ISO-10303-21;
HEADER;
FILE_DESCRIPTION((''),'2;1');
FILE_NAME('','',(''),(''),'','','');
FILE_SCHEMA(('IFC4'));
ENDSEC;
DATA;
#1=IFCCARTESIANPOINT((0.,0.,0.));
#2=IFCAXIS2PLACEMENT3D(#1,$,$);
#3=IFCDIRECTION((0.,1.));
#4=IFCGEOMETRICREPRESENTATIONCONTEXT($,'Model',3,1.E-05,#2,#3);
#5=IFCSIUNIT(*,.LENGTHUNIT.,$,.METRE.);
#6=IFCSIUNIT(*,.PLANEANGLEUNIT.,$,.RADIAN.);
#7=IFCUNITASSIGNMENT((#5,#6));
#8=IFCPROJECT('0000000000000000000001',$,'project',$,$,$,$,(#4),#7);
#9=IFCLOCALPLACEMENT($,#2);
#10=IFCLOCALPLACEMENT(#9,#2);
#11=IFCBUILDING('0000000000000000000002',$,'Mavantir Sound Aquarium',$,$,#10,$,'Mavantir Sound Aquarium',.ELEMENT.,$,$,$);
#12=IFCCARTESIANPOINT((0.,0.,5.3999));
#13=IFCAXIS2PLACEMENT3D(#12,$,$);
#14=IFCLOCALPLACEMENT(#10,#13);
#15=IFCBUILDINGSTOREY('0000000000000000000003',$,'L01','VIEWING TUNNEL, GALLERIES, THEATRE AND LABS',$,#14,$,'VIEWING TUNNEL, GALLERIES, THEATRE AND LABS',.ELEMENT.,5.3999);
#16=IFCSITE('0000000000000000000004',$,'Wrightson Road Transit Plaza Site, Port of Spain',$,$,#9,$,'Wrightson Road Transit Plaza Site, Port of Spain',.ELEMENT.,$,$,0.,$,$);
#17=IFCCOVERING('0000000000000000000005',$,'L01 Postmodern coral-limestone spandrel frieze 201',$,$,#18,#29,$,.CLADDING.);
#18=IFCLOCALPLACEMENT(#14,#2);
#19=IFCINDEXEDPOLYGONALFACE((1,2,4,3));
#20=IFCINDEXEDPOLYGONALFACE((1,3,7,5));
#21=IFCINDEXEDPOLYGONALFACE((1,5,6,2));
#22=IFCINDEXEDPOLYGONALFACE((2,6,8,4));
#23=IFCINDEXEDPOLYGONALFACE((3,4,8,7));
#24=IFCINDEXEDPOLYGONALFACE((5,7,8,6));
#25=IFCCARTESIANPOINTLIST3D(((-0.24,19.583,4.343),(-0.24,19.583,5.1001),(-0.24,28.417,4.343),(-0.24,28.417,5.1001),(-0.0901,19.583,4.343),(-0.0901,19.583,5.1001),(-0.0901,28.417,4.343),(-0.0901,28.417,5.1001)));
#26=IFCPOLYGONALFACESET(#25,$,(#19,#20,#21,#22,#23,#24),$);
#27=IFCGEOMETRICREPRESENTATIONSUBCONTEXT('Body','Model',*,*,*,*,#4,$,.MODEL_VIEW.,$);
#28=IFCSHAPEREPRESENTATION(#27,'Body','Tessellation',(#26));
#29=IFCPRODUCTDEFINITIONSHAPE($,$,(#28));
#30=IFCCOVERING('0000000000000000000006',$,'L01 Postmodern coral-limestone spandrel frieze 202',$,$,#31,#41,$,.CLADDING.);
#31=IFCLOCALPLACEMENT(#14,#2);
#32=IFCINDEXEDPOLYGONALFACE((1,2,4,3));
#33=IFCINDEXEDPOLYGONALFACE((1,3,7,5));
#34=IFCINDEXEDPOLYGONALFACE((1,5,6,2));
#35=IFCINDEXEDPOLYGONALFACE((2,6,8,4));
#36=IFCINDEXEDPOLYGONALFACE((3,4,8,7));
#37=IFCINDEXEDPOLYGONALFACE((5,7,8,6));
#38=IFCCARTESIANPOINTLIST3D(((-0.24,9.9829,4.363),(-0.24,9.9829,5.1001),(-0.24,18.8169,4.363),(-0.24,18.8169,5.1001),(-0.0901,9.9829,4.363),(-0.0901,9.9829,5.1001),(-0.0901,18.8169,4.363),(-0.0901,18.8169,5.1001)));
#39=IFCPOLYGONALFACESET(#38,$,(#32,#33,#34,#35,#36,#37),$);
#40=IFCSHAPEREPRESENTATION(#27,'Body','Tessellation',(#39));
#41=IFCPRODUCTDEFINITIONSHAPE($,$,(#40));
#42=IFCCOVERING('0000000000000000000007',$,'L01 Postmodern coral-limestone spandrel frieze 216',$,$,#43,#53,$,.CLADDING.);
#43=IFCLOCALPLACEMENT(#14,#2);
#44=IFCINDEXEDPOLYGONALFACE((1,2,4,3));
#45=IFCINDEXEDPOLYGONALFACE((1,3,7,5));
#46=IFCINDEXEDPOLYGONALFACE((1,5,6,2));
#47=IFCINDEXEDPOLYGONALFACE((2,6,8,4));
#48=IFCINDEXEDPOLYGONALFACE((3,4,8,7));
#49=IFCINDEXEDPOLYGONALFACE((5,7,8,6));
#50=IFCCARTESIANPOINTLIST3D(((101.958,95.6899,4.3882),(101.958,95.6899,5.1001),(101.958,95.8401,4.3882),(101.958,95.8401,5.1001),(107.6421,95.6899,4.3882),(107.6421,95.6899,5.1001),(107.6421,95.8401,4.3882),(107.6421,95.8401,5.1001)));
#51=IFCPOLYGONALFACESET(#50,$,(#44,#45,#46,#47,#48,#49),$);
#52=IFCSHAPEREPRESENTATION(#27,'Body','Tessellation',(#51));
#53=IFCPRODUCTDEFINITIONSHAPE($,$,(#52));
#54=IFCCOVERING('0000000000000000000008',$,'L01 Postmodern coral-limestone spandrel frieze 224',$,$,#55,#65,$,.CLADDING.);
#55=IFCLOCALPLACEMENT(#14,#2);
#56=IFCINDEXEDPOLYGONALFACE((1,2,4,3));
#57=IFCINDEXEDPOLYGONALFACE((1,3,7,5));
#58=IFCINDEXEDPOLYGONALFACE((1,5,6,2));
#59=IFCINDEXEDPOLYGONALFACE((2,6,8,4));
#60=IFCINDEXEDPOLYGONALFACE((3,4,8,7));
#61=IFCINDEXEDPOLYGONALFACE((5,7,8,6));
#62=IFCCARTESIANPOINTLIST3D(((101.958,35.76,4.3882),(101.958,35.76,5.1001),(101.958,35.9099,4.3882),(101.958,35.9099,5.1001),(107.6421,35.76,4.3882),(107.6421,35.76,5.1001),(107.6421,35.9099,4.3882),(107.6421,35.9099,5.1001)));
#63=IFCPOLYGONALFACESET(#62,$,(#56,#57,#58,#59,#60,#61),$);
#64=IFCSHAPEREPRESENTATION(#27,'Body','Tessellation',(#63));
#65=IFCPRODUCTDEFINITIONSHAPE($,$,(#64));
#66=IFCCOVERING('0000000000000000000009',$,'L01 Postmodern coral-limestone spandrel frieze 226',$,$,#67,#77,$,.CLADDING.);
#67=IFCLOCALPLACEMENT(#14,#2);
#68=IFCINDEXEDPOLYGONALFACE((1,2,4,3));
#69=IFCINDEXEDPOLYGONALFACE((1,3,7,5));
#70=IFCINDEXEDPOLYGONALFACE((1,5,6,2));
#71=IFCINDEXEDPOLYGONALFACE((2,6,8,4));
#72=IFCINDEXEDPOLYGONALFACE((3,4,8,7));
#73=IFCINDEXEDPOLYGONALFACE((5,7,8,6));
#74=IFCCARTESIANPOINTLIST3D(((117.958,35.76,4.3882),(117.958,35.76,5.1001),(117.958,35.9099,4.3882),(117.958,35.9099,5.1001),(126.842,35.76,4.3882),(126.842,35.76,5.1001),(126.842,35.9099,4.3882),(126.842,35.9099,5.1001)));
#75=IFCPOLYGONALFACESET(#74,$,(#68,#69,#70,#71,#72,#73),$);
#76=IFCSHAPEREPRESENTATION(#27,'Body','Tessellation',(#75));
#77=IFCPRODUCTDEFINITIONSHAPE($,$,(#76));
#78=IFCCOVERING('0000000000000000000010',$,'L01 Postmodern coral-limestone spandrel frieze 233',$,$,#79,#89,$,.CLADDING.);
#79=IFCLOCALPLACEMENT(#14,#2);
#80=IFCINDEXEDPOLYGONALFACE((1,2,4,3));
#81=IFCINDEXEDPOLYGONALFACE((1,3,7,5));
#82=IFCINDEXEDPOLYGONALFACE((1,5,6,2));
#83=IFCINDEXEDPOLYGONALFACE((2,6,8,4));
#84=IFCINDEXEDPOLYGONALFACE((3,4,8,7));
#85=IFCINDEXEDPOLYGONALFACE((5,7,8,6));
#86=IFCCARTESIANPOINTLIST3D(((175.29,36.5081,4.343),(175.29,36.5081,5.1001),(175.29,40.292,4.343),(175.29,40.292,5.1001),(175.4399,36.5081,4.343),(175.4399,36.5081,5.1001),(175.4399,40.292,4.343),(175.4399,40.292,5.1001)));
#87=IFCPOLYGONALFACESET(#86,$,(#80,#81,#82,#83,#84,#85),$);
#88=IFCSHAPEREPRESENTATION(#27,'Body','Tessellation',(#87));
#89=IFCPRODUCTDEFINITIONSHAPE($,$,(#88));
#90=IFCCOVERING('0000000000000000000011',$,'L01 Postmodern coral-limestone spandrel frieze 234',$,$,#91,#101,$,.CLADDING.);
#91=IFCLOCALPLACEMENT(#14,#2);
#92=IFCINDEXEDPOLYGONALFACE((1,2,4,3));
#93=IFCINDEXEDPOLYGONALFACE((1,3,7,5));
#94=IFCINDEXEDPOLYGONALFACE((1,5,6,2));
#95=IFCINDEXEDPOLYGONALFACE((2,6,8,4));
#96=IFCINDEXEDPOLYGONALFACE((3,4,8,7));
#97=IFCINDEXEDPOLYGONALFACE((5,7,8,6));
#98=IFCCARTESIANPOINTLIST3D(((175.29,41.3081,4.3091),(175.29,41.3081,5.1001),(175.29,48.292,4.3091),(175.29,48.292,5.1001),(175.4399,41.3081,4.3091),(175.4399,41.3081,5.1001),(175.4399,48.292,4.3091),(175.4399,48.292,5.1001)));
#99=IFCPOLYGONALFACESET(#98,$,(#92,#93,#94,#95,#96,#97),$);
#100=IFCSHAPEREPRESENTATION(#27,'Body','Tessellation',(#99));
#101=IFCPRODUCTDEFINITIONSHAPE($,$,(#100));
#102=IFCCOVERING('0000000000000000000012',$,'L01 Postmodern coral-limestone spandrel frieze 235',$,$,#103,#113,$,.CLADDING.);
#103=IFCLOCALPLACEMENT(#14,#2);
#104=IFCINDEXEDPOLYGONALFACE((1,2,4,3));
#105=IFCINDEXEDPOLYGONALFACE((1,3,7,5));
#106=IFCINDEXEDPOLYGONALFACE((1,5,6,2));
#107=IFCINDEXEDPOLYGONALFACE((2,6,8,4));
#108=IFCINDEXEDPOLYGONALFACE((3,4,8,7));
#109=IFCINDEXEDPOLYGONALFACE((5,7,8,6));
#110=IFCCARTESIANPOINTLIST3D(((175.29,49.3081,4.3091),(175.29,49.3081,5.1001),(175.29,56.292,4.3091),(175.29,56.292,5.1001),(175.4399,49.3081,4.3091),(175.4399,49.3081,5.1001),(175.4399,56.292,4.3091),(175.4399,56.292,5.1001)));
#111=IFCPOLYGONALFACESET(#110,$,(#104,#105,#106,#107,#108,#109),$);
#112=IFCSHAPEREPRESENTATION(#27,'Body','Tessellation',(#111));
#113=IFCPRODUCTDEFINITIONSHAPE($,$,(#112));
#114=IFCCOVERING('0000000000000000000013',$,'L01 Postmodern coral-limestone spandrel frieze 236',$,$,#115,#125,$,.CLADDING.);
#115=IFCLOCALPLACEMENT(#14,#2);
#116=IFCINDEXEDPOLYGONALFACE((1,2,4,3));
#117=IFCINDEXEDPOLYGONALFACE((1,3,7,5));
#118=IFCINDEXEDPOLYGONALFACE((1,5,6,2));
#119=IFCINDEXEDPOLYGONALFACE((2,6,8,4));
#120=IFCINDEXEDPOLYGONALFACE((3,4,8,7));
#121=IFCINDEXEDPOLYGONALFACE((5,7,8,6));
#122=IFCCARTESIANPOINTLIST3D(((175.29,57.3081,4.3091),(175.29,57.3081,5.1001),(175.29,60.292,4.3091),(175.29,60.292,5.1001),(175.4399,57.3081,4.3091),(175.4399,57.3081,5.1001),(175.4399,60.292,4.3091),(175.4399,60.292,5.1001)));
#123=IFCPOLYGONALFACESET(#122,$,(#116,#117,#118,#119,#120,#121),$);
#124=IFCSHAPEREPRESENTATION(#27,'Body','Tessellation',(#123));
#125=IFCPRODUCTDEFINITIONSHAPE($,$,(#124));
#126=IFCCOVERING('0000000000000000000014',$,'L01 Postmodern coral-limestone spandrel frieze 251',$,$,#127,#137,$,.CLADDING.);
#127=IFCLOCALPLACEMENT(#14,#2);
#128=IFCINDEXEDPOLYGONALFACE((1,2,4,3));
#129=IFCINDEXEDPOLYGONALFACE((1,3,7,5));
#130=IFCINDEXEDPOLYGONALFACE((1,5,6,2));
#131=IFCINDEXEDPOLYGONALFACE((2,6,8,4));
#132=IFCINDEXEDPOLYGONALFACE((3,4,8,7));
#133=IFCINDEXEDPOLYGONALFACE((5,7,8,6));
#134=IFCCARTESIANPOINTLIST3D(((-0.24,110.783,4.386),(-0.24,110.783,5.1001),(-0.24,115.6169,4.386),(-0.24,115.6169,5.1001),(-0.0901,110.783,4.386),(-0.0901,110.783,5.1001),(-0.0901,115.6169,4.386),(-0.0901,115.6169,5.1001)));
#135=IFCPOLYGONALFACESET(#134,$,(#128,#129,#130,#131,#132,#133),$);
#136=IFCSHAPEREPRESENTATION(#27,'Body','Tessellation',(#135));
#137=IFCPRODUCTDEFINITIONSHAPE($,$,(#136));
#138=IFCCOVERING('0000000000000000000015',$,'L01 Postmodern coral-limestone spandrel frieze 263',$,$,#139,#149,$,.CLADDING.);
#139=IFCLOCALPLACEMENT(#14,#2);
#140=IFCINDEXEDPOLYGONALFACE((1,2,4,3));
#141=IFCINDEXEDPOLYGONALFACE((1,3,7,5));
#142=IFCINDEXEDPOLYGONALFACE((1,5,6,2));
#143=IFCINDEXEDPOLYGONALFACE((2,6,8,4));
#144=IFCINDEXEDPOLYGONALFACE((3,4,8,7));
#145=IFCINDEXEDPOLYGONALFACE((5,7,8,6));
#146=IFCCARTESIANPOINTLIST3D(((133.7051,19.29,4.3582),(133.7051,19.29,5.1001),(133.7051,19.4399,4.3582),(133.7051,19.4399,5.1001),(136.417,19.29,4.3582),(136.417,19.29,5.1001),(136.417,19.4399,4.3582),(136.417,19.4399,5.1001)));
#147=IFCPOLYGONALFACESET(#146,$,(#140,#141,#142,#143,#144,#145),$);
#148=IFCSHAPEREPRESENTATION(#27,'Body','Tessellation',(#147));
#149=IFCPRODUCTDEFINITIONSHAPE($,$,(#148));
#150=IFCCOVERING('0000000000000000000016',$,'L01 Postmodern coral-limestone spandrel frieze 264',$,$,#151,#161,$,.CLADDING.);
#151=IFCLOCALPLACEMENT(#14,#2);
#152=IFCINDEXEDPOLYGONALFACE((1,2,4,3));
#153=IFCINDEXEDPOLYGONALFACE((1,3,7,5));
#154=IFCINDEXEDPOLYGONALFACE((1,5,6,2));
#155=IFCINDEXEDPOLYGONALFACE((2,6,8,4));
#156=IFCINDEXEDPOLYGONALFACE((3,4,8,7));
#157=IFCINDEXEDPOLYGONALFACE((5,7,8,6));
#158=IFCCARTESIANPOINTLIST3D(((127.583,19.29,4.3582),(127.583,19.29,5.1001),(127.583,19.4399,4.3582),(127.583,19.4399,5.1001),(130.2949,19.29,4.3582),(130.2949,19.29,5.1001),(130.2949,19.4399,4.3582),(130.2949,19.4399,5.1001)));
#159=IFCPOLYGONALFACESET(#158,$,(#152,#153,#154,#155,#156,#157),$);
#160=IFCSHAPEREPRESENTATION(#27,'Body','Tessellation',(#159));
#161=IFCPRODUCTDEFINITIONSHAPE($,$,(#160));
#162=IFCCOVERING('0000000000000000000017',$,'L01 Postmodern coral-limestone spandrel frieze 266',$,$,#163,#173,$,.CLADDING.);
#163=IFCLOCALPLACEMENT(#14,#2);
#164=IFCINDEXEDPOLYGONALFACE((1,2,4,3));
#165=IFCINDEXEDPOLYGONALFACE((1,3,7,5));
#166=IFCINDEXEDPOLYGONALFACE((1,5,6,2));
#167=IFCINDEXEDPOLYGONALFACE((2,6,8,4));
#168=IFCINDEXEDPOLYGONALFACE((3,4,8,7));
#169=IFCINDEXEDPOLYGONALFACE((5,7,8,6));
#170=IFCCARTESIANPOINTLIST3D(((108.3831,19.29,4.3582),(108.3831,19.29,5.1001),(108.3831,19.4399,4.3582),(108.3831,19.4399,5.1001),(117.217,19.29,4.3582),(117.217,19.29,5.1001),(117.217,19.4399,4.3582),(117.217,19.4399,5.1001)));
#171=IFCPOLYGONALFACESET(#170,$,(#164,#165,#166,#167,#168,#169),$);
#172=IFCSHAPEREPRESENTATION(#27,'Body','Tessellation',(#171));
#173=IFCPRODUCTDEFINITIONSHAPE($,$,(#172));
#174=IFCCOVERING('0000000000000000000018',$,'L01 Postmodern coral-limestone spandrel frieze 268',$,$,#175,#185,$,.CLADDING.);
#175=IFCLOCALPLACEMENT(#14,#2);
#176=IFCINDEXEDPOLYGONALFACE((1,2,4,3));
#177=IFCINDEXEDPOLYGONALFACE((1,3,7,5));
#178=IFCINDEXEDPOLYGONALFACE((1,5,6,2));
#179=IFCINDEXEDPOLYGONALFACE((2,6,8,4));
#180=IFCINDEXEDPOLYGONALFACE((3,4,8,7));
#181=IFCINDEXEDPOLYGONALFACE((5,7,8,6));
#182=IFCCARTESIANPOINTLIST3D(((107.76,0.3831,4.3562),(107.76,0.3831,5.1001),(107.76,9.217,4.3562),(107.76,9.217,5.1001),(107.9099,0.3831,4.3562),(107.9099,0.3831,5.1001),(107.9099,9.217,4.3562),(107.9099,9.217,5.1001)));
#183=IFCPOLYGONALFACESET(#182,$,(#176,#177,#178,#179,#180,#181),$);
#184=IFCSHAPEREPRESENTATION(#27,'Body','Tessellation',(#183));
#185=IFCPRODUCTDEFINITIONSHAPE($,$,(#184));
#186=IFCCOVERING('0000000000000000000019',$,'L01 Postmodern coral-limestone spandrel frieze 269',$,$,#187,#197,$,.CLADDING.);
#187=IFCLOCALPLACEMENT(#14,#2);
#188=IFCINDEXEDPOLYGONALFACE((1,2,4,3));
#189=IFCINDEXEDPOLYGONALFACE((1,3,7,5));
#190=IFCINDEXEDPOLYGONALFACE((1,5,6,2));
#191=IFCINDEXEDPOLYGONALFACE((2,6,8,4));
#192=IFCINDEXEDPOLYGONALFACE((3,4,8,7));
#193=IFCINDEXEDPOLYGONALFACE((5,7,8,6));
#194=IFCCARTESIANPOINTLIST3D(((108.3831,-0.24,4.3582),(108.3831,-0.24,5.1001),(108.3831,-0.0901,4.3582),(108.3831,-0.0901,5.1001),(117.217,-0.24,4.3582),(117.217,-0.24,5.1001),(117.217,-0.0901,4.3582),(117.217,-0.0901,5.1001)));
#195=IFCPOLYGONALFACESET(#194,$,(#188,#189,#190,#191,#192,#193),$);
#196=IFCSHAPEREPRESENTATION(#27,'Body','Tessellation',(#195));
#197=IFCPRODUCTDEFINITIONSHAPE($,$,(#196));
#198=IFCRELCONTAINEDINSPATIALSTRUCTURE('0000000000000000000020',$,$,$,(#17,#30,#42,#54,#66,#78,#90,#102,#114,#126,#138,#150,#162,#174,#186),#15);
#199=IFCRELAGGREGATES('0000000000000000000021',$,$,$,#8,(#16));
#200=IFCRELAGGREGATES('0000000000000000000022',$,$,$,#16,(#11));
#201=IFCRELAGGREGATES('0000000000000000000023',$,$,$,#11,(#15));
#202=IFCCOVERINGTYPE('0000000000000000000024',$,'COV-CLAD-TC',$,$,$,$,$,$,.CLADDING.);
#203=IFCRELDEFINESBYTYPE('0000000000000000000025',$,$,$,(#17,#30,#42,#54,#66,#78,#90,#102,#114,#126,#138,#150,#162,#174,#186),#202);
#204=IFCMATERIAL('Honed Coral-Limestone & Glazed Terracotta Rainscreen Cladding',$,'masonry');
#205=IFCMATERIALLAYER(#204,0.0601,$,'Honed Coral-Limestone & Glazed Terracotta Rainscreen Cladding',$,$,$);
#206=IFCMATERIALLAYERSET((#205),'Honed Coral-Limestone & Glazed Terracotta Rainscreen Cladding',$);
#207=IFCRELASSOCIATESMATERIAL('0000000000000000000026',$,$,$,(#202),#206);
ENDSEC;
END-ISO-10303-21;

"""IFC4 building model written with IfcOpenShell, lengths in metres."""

from ifc_helpers import new_model, si_unit, direction, frame, origin, place, context, subcontext, project, spatial, polyline, outline, extrude, material, layer, layer_set, type_object, element, save


model = new_model("IFC4")

# Units and contexts
model_context = context("Model", 3, precision=1e-05, world=origin(), true_north=direction((0.0, 1.0)))
body_context = subcontext(model_context, "Body", "Model", "MODEL_VIEW")
ifc_project = project(units=[si_unit("LENGTHUNIT", "METRE"), si_unit("PLANEANGLEUNIT", "RADIAN")], contexts=[model_context])

# Site, building, storey
site_placement = place(None, origin())
site = spatial("IfcSite", under=ifc_project, at=site_placement, Name="Wrightson Road Transit Plaza Site, Port of Spain", LongName="Wrightson Road Transit Plaza Site, Port of Spain", CompositionType="ELEMENT", RefElevation=0.0)
building_placement = place(site_placement, origin())
building = spatial("IfcBuilding", under=site, at=building_placement, Name="Mavantir Sound Aquarium", LongName="Mavantir Sound Aquarium", CompositionType="ELEMENT")
storey_placement = place(building_placement, frame((0.0, 0.0, 5.3999)))
storey = spatial("IfcBuildingStorey", under=building, at=storey_placement, Name="L01", Description="VIEWING TUNNEL, GALLERIES, THEATRE AND LABS", LongName="VIEWING TUNNEL, GALLERIES, THEATRE AND LABS", CompositionType="ELEMENT", Elevation=5.3999)

# Coverings
ifc_material = material(Name="Honed Coral-Limestone & Glazed Terracotta Rainscreen Cladding", Category="masonry")
ifc_layer = layer(ifc_material, 0.0601, Name="Honed Coral-Limestone & Glazed Terracotta Rainscreen Cladding")
ifc_layer_set = layer_set([ifc_layer], Name="Honed Coral-Limestone & Glazed Terracotta Rainscreen Cladding")
covering_type = type_object("IfcCoveringType", Name="COV-CLAD-TC", PredefinedType="CLADDING", material=ifc_layer_set)
covering_1_placement = place(storey_placement, frame((0.0, 0.0, 4.343)))
element("IfcCovering", 1, at=covering_1_placement, inside=storey, type_object=covering_type, Name="L01 Postmodern coral-limestone spandrel frieze 201", PredefinedType="CLADDING", context=body_context, shape_type="SweptSolid", body=[
    extrude(outline(polyline([(-0.0901, 28.417), (-0.0901, 19.583), (-0.24, 19.583), (-0.24, 28.417), (-0.0901, 28.417)])), origin(), (0.0, 0.0, 1.0), 0.7571),
])
covering_2_placement = place(storey_placement, frame((0.0, 0.0, 4.363)))
element("IfcCovering", 2, at=covering_2_placement, inside=storey, type_object=covering_type, Name="L01 Postmodern coral-limestone spandrel frieze 202", PredefinedType="CLADDING", context=body_context, shape_type="SweptSolid", body=[
    extrude(outline(polyline([(-0.0901, 18.8169), (-0.0901, 9.9829), (-0.24, 9.9829), (-0.24, 18.8169), (-0.0901, 18.8169)])), origin(), (0.0, 0.0, 1.0), 0.7371),
])
covering_3_placement = place(storey_placement, frame((0.0, 0.0, 4.3882)))
element("IfcCovering", 3, at=covering_3_placement, inside=storey, type_object=covering_type, Name="L01 Postmodern coral-limestone spandrel frieze 216", PredefinedType="CLADDING", context=body_context, shape_type="SweptSolid", body=[
    extrude(outline(polyline([(107.6421, 95.6899), (101.958, 95.6899), (101.958, 95.8401), (107.6421, 95.8401), (107.6421, 95.6899)])), origin(), (0.0, 0.0, 1.0), 0.7119),
])
covering_4_placement = place(storey_placement, frame((0.0, 0.0, 4.3882)))
element("IfcCovering", 4, at=covering_4_placement, inside=storey, type_object=covering_type, Name="L01 Postmodern coral-limestone spandrel frieze 224", PredefinedType="CLADDING", context=body_context, shape_type="SweptSolid", body=[
    extrude(outline(polyline([(101.958, 35.9099), (107.6421, 35.9099), (107.6421, 35.76), (101.958, 35.76), (101.958, 35.9099)])), origin(), (0.0, 0.0, 1.0), 0.7119),
])
covering_5_placement = place(storey_placement, frame((0.0, 0.0, 4.3882)))
element("IfcCovering", 5, at=covering_5_placement, inside=storey, type_object=covering_type, Name="L01 Postmodern coral-limestone spandrel frieze 226", PredefinedType="CLADDING", context=body_context, shape_type="SweptSolid", body=[
    extrude(outline(polyline([(117.958, 35.9099), (126.842, 35.9099), (126.842, 35.76), (117.958, 35.76), (117.958, 35.9099)])), origin(), (0.0, 0.0, 1.0), 0.7119),
])
covering_6_placement = place(storey_placement, frame((0.0, 0.0, 4.343)))
element("IfcCovering", 6, at=covering_6_placement, inside=storey, type_object=covering_type, Name="L01 Postmodern coral-limestone spandrel frieze 233", PredefinedType="CLADDING", context=body_context, shape_type="SweptSolid", body=[
    extrude(outline(polyline([(175.29, 36.5081), (175.29, 40.292), (175.4399, 40.292), (175.4399, 36.5081), (175.29, 36.5081)])), origin(), (0.0, 0.0, 1.0), 0.7571),
])
covering_7_placement = place(storey_placement, frame((0.0, 0.0, 4.3091)))
element("IfcCovering", 7, at=covering_7_placement, inside=storey, type_object=covering_type, Name="L01 Postmodern coral-limestone spandrel frieze 234", PredefinedType="CLADDING", context=body_context, shape_type="SweptSolid", body=[
    extrude(outline(polyline([(175.29, 41.3081), (175.29, 48.292), (175.4399, 48.292), (175.4399, 41.3081), (175.29, 41.3081)])), origin(), (0.0, 0.0, 1.0), 0.791),
])
covering_8_placement = place(storey_placement, frame((0.0, 0.0, 4.3091)))
element("IfcCovering", 8, at=covering_8_placement, inside=storey, type_object=covering_type, Name="L01 Postmodern coral-limestone spandrel frieze 235", PredefinedType="CLADDING", context=body_context, shape_type="SweptSolid", body=[
    extrude(outline(polyline([(175.29, 49.3081), (175.29, 56.292), (175.4399, 56.292), (175.4399, 49.3081), (175.29, 49.3081)])), origin(), (0.0, 0.0, 1.0), 0.791),
])
covering_9_placement = place(storey_placement, frame((0.0, 0.0, 4.3091)))
element("IfcCovering", 9, at=covering_9_placement, inside=storey, type_object=covering_type, Name="L01 Postmodern coral-limestone spandrel frieze 236", PredefinedType="CLADDING", context=body_context, shape_type="SweptSolid", body=[
    extrude(outline(polyline([(175.29, 57.3081), (175.29, 60.292), (175.4399, 60.292), (175.4399, 57.3081), (175.29, 57.3081)])), origin(), (0.0, 0.0, 1.0), 0.791),
])
covering_10_placement = place(storey_placement, frame((0.0, 0.0, 4.386)))
element("IfcCovering", 10, at=covering_10_placement, inside=storey, type_object=covering_type, Name="L01 Postmodern coral-limestone spandrel frieze 251", PredefinedType="CLADDING", context=body_context, shape_type="SweptSolid", body=[
    extrude(outline(polyline([(-0.0901, 115.6169), (-0.0901, 110.783), (-0.24, 110.783), (-0.24, 115.6169), (-0.0901, 115.6169)])), origin(), (0.0, 0.0, 1.0), 0.7141),
])
covering_11_placement = place(storey_placement, frame((0.0, 0.0, 4.3582)))
element("IfcCovering", 11, at=covering_11_placement, inside=storey, type_object=covering_type, Name="L01 Postmodern coral-limestone spandrel frieze 263", PredefinedType="CLADDING", context=body_context, shape_type="SweptSolid", body=[
    extrude(outline(polyline([(136.417, 19.29), (133.7051, 19.29), (133.7051, 19.4399), (136.417, 19.4399), (136.417, 19.29)])), origin(), (0.0, 0.0, 1.0), 0.7419),
])
covering_12_placement = place(storey_placement, frame((0.0, 0.0, 4.3582)))
element("IfcCovering", 12, at=covering_12_placement, inside=storey, type_object=covering_type, Name="L01 Postmodern coral-limestone spandrel frieze 264", PredefinedType="CLADDING", context=body_context, shape_type="SweptSolid", body=[
    extrude(outline(polyline([(130.2949, 19.29), (127.583, 19.29), (127.583, 19.4399), (130.2949, 19.4399), (130.2949, 19.29)])), origin(), (0.0, 0.0, 1.0), 0.7419),
])
covering_13_placement = place(storey_placement, frame((0.0, 0.0, 4.3582)))
element("IfcCovering", 13, at=covering_13_placement, inside=storey, type_object=covering_type, Name="L01 Postmodern coral-limestone spandrel frieze 266", PredefinedType="CLADDING", context=body_context, shape_type="SweptSolid", body=[
    extrude(outline(polyline([(117.217, 19.29), (108.3831, 19.29), (108.3831, 19.4399), (117.217, 19.4399), (117.217, 19.29)])), origin(), (0.0, 0.0, 1.0), 0.7419),
])
covering_14_placement = place(storey_placement, frame((0.0, 0.0, 4.3562)))
element("IfcCovering", 14, at=covering_14_placement, inside=storey, type_object=covering_type, Name="L01 Postmodern coral-limestone spandrel frieze 268", PredefinedType="CLADDING", context=body_context, shape_type="SweptSolid", body=[
    extrude(outline(polyline([(107.9099, 9.217), (107.9099, 0.3831), (107.76, 0.3831), (107.76, 9.217), (107.9099, 9.217)])), origin(), (0.0, 0.0, 1.0), 0.7439),
])
covering_15_placement = place(storey_placement, frame((0.0, 0.0, 4.3582)))
element("IfcCovering", 15, at=covering_15_placement, inside=storey, type_object=covering_type, Name="L01 Postmodern coral-limestone spandrel frieze 269", PredefinedType="CLADDING", context=body_context, shape_type="SweptSolid", body=[
    extrude(outline(polyline([(108.3831, -0.0901), (117.217, -0.0901), (117.217, -0.24), (108.3831, -0.24), (108.3831, -0.0901)])), origin(), (0.0, 0.0, 1.0), 0.7419),
])

save(model, "model.ifc")
